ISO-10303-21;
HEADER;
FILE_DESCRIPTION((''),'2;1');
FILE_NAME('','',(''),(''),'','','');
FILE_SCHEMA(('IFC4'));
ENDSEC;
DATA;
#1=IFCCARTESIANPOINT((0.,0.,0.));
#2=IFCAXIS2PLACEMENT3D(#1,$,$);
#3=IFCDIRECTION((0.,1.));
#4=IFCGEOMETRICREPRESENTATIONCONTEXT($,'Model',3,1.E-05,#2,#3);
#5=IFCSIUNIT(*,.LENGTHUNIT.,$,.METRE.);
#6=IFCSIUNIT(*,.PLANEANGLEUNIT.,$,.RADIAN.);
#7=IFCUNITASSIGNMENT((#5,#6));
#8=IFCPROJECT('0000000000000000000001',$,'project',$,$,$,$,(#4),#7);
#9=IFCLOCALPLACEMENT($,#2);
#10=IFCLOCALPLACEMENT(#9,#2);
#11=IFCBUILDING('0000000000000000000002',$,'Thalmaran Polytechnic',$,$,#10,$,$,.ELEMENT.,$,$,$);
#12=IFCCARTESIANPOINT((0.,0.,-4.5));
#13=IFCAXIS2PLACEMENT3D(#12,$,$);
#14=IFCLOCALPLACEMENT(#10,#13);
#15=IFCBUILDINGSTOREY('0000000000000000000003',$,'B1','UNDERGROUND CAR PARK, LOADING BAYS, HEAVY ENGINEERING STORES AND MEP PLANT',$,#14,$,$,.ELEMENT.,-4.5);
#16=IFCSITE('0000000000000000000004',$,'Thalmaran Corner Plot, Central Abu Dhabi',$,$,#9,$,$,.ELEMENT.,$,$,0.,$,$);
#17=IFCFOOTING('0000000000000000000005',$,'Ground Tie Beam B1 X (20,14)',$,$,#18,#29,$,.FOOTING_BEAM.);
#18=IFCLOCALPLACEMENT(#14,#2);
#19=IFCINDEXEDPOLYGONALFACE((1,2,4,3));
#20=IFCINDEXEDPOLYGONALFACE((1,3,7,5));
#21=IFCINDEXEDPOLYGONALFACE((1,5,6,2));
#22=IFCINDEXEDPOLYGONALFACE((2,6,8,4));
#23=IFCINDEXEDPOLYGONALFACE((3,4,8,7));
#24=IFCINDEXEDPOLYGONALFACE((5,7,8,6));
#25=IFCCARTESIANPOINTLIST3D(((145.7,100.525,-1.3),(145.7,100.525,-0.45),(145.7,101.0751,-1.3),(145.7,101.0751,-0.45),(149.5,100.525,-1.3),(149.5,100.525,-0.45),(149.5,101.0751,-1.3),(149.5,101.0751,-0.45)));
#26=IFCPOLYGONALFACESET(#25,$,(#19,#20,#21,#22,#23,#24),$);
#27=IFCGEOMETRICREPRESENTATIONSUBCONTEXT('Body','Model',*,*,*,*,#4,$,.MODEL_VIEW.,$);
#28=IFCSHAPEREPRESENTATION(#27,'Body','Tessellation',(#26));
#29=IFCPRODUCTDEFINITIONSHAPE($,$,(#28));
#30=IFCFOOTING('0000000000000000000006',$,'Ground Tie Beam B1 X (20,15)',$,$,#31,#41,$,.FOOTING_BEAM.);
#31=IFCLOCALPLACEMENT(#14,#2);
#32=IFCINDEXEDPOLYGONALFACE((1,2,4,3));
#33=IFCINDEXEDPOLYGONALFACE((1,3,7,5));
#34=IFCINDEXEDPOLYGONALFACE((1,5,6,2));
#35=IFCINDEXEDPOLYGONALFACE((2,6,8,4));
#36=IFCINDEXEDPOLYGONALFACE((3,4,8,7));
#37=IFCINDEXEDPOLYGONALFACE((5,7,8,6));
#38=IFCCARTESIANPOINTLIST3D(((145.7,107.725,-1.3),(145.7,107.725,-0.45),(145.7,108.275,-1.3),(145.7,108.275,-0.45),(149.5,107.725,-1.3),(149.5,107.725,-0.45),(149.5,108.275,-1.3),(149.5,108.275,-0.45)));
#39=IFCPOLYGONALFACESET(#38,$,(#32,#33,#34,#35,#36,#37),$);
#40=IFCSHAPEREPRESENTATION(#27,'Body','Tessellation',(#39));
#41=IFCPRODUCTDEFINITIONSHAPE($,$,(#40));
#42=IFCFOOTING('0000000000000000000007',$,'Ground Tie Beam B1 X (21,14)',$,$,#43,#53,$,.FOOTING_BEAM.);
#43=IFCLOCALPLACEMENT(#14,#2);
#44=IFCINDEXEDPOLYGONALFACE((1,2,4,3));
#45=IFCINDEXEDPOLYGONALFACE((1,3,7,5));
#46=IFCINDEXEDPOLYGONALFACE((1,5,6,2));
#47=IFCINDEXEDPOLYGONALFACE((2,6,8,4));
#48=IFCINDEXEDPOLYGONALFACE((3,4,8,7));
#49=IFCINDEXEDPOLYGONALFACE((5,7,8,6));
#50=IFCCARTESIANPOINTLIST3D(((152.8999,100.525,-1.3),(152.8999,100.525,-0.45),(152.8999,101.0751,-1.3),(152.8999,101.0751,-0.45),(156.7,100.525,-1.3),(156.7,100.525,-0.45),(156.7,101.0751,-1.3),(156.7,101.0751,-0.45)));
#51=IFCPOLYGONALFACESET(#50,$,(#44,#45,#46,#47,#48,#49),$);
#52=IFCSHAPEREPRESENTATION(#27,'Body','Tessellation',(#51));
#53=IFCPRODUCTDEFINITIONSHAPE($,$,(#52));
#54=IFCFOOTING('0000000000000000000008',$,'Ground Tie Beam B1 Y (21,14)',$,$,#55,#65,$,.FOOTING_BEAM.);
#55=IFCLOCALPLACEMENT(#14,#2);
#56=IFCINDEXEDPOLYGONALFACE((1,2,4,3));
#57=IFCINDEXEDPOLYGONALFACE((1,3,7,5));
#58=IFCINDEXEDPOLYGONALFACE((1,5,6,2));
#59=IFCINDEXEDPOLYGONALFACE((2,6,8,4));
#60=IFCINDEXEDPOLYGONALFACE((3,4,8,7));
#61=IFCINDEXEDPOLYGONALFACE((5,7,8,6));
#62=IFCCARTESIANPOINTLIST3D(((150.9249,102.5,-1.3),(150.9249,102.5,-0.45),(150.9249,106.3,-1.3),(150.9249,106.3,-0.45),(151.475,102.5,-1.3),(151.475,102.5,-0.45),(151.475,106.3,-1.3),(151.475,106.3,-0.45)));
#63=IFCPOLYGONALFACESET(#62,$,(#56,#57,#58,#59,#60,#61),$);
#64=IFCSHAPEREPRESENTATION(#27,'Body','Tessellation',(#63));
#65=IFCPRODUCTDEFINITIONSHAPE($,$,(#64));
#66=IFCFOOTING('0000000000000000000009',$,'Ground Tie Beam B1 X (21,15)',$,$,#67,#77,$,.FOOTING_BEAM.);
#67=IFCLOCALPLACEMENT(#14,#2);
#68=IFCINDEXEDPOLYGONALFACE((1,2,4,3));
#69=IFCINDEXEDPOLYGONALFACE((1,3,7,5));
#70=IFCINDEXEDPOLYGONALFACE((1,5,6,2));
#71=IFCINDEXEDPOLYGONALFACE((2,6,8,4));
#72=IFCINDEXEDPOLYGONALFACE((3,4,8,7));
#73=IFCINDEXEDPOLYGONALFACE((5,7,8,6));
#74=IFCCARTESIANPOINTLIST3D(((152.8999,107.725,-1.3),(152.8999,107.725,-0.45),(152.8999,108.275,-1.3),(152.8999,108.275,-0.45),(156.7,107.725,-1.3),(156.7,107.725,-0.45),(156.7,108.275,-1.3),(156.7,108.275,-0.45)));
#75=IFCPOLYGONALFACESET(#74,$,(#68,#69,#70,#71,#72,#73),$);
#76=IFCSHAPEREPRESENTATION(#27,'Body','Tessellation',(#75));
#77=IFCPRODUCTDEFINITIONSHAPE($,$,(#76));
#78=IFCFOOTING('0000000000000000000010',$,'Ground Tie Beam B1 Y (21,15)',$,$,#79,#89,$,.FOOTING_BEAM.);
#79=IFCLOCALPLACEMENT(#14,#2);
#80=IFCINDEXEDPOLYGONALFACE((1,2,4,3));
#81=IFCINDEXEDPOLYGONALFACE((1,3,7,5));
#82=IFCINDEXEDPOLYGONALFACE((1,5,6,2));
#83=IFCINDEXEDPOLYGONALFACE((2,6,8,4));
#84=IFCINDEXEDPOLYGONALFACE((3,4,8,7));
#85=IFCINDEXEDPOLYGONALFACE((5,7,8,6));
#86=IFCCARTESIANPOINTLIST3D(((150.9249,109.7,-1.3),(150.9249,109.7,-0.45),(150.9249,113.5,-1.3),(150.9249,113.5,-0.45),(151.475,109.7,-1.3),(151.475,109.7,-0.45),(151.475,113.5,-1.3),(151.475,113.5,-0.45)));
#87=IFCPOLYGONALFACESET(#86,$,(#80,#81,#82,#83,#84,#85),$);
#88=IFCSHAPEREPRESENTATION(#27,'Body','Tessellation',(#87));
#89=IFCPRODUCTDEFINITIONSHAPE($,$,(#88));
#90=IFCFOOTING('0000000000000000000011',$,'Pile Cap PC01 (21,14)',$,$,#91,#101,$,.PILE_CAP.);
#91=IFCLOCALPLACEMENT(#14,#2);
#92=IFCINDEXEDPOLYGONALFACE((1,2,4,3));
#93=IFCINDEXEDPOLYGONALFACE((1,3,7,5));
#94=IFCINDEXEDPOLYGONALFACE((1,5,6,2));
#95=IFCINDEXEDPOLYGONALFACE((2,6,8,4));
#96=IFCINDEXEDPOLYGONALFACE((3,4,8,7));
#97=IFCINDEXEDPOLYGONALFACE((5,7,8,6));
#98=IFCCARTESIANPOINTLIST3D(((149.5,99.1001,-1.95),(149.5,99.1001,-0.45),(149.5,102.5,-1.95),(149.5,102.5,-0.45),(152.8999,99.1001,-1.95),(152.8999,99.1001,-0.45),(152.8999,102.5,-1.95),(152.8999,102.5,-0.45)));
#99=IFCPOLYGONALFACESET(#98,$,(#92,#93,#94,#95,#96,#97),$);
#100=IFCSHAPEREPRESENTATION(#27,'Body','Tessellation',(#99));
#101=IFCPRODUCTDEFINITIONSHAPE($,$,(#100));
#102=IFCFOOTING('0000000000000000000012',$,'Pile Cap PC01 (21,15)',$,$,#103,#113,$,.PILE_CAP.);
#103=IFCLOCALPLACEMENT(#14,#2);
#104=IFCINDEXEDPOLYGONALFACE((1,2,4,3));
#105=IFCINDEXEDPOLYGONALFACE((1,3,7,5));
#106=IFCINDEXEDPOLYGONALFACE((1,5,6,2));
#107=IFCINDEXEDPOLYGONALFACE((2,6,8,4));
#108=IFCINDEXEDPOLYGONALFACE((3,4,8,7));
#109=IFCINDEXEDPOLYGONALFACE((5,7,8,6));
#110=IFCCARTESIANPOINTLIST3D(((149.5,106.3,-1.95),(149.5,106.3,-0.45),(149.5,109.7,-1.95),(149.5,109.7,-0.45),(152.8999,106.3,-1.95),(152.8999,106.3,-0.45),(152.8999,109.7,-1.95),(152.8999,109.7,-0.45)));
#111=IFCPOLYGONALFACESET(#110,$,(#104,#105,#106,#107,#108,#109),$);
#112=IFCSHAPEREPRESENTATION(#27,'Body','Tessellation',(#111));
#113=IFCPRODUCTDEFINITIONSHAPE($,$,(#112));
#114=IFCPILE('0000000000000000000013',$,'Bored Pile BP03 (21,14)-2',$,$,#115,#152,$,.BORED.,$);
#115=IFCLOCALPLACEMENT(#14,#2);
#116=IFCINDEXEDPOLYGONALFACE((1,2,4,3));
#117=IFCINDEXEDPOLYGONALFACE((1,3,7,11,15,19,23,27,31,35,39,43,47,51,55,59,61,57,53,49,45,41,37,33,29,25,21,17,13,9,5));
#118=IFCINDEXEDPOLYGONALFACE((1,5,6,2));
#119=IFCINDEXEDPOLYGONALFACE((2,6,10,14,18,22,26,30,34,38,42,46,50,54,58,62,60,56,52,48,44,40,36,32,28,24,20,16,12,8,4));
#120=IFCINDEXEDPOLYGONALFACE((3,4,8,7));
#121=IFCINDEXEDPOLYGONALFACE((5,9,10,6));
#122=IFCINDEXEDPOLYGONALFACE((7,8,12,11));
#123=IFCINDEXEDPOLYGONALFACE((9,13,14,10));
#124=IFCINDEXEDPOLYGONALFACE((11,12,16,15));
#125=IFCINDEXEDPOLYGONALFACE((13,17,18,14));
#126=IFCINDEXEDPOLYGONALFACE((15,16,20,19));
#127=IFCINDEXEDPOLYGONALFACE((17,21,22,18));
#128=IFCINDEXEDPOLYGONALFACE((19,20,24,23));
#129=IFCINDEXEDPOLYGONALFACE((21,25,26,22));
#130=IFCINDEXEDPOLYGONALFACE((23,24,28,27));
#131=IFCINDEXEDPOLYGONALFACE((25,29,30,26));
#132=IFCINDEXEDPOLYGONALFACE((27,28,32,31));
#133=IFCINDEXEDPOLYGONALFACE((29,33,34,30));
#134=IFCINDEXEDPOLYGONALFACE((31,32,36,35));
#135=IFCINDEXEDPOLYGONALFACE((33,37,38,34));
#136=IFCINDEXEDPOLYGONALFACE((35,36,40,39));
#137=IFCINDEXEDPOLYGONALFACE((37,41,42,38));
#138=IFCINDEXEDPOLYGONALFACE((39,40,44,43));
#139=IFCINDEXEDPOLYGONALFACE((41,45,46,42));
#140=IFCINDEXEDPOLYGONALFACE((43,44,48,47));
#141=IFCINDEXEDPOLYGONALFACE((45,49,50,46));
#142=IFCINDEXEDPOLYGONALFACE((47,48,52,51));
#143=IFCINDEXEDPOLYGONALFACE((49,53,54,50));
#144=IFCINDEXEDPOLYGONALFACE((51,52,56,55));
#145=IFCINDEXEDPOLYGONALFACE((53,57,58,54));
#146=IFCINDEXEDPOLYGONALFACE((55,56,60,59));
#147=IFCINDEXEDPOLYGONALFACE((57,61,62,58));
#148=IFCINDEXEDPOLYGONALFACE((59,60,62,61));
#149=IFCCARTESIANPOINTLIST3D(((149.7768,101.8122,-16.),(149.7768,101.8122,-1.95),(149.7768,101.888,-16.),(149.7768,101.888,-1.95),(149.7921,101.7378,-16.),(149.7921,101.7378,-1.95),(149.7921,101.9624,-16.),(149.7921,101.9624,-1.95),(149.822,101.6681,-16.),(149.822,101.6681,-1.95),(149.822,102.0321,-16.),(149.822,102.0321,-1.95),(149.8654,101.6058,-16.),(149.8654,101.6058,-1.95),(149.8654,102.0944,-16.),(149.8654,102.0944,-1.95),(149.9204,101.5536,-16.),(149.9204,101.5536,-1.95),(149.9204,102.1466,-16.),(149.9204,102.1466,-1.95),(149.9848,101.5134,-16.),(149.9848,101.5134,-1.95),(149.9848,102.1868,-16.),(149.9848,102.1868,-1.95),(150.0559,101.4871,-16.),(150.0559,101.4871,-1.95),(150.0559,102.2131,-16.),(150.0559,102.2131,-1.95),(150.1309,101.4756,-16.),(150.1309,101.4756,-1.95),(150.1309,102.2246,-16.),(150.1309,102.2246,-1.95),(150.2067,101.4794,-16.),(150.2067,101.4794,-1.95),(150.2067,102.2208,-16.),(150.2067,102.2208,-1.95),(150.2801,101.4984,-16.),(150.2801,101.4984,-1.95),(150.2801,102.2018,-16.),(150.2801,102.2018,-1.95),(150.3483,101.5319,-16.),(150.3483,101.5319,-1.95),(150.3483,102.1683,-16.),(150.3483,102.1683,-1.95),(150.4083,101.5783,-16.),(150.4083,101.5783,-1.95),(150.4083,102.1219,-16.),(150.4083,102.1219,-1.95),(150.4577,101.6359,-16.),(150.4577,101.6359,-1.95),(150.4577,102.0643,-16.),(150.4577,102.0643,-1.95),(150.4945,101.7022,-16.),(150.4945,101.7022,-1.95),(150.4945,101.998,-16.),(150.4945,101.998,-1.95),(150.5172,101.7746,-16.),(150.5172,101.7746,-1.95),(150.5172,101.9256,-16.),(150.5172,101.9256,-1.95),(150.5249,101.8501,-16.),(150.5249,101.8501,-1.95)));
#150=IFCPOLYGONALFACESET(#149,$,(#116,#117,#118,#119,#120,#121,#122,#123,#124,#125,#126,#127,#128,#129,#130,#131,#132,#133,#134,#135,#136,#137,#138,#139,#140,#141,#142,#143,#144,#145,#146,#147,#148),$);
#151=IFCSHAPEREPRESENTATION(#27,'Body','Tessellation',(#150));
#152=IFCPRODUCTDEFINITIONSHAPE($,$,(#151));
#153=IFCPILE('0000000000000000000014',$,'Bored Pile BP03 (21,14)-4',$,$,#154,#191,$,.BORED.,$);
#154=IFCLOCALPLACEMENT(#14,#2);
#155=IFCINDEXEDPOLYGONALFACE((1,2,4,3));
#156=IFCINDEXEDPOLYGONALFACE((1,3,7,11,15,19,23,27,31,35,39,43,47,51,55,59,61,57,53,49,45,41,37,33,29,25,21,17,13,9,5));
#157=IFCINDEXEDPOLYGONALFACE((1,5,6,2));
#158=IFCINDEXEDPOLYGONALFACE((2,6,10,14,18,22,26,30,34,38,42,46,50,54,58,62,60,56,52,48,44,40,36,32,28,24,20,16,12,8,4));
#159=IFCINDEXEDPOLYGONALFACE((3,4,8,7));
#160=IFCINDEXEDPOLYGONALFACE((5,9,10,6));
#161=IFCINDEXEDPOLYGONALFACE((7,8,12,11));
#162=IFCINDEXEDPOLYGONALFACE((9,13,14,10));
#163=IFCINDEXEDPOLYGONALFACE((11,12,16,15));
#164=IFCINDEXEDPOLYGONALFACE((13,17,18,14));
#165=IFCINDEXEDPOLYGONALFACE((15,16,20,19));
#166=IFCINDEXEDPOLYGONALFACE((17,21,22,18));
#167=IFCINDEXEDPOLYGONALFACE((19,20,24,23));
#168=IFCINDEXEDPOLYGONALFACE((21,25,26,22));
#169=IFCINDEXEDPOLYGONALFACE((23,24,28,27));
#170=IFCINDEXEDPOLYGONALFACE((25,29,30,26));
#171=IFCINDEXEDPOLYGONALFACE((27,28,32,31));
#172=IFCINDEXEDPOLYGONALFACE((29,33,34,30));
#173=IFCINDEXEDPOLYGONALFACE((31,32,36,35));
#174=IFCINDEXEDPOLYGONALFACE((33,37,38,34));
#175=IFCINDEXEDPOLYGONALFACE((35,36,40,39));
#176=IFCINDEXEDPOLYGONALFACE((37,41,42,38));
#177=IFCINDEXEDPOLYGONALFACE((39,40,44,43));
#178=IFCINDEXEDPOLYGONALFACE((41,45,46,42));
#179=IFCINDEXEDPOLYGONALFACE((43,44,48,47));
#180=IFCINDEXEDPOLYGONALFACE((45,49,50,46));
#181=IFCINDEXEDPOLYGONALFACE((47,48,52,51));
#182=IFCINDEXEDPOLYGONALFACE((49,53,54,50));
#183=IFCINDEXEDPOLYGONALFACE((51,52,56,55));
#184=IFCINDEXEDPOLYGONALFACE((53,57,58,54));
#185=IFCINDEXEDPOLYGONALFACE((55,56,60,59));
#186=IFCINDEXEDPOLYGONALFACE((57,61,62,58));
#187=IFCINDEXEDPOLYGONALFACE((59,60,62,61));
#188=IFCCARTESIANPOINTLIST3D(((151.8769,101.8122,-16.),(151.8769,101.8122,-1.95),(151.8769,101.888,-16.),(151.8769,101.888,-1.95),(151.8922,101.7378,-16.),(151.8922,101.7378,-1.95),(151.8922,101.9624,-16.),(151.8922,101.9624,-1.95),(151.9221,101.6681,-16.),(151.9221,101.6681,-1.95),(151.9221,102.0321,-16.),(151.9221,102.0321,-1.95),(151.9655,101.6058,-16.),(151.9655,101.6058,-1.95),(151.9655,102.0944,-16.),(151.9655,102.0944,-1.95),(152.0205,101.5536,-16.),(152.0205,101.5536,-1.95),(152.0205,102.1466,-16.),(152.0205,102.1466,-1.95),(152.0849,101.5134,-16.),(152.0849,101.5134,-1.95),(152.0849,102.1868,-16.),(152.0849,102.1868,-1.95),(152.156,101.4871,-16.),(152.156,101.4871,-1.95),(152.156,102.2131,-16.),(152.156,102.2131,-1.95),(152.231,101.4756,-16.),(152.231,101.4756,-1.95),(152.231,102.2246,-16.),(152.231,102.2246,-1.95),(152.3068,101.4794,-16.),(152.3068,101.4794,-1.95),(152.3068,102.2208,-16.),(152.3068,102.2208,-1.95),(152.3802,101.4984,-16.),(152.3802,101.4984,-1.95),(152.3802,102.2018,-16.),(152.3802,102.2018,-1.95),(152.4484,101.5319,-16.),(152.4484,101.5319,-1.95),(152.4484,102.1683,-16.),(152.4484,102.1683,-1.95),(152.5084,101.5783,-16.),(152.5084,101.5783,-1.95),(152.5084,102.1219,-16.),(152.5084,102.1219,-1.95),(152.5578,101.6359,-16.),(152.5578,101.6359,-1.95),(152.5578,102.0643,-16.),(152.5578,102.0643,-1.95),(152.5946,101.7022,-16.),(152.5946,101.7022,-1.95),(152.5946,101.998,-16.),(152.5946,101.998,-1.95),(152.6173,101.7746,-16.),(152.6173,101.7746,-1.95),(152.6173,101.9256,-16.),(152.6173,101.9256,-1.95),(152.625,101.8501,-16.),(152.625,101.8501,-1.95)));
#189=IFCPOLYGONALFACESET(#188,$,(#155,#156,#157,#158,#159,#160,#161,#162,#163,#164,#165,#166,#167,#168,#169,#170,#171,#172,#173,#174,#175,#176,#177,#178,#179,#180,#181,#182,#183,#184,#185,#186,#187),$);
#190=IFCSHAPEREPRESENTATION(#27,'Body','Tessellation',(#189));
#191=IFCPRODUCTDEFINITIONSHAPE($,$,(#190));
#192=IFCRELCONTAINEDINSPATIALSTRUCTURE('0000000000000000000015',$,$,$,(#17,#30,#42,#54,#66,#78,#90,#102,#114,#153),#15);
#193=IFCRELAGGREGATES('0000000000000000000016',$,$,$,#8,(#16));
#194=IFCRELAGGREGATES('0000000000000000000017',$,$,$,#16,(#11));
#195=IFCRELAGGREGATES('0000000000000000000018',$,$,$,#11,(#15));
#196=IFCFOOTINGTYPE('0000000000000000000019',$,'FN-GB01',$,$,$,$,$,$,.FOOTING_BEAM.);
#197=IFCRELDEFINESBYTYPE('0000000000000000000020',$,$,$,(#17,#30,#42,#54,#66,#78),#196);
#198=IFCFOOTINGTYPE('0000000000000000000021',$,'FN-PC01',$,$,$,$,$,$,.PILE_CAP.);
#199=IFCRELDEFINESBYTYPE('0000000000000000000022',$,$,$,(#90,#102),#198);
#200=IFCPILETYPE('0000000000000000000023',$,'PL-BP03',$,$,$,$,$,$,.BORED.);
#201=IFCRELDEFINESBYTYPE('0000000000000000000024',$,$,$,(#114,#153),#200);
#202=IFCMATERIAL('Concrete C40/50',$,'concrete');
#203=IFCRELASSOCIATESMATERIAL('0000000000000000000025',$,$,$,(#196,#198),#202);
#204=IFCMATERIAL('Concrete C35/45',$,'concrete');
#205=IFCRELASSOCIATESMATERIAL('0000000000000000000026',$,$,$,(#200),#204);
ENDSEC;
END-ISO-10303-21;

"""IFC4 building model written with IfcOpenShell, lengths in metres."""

from ifc_helpers import new_model, si_unit, direction, frame, origin, origin_2d, place, context, subcontext, project, spatial, rectangle, circle, extrude, material, material_profile, profile_set, type_object, element, save


model = new_model("IFC4")

# Units and contexts
model_context = context("Model", 3, precision=1e-05, world=origin(), true_north=direction((0.0, 1.0)))
body_context = subcontext(model_context, "Body", "Model", "MODEL_VIEW")
ifc_project = project(units=[si_unit("LENGTHUNIT", "METRE"), si_unit("PLANEANGLEUNIT", "RADIAN")], contexts=[model_context])

# Site, building, storey
site_placement = place(None, origin())
site = spatial("IfcSite", under=ifc_project, at=site_placement, Name="Thalmaran Corner Plot, Central Abu Dhabi", CompositionType="ELEMENT", RefElevation=0.0)
building_placement = place(site_placement, origin())
building = spatial("IfcBuilding", under=site, at=building_placement, Name="Thalmaran Polytechnic", CompositionType="ELEMENT")
storey_placement = place(building_placement, frame((0.0, 0.0, -4.5)))
storey = spatial("IfcBuildingStorey", under=building, at=storey_placement, Name="B1", Description="UNDERGROUND CAR PARK, LOADING BAYS, HEAVY ENGINEERING STORES AND MEP PLANT", CompositionType="ELEMENT", Elevation=-4.5)

# Footings
ifc_material_1 = material(Name="Concrete C40/50", Category="concrete")
ifc_material_profile_1 = material_profile(ifc_material_1, rectangle(XDim=0.55, YDim=0.8501, at=origin_2d()), Name="RC 550x850")
ifc_profile_set_1 = profile_set([ifc_material_profile_1], Name="Concrete C40/50")
footing_type_1 = type_object("IfcFootingType", Name="FN-GB01", PredefinedType="FOOTING_BEAM", material=ifc_profile_set_1)
for number, where, z_axis, x_axis, name in (
    (1, (145.7, 100.8, -0.875), (1.0, 0.0, 0.0), (0.0, 1.0, 0.0), "Ground Tie Beam B1 X (20,14)"),
    (2, (145.7, 108.0, -0.875), (1.0, 0.0, 0.0), (0.0, 1.0, 0.0), "Ground Tie Beam B1 X (20,15)"),
    (3, (152.8999, 100.8, -0.875), (1.0, 0.0, 0.0), (0.0, 1.0, 0.0), "Ground Tie Beam B1 X (21,14)"),
    (4, (151.2, 102.5, -0.875), (0.0, 1.0, 0.0), (-1.0, 0.0, 0.0), "Ground Tie Beam B1 Y (21,14)"),
    (5, (152.8999, 108.0, -0.875), (1.0, 0.0, 0.0), (0.0, 1.0, 0.0), "Ground Tie Beam B1 X (21,15)"),
    (6, (151.2, 109.7, -0.875), (0.0, 1.0, 0.0), (-1.0, 0.0, 0.0), "Ground Tie Beam B1 Y (21,15)"),
):
    element("IfcFooting", number, at=place(storey_placement, frame(where, z_axis=z_axis, x_axis=x_axis)), inside=storey, type_object=footing_type_1, Name=name, PredefinedType="FOOTING_BEAM", context=body_context, shape_type="SweptSolid", body=[
        extrude(rectangle(XDim=0.55, YDim=0.8501, at=origin_2d()), origin(), (0.0, 0.0, 1.0), 3.8),
    ])
footing_type_2 = type_object("IfcFootingType", Name="FN-PC01", PredefinedType="PILE_CAP", material=ifc_material_1)
for number, where, z_axis, x_axis, name in (
    (7, (151.2, 100.8, -1.95), (0.0, 0.0, 1.0), (1.0, 0.0, 0.0), "Pile Cap PC01 (21,14)"),
    (8, (151.2, 108.0, -1.95), (0.0, 0.0, 1.0), (1.0, 0.0, 0.0), "Pile Cap PC01 (21,15)"),
):
    element("IfcFooting", number, at=place(storey_placement, frame(where, z_axis=z_axis, x_axis=x_axis)), inside=storey, type_object=footing_type_2, Name=name, PredefinedType="PILE_CAP", context=body_context, shape_type="SweptSolid", body=[
        extrude(rectangle(XDim=3.3999, YDim=3.3999, at=origin_2d()), origin(), (0.0, 0.0, 1.0), 1.5),
    ])

# Piles
ifc_material_2 = material(Name="Concrete C35/45", Category="concrete")
ifc_material_profile_2 = material_profile(ifc_material_2, circle(Radius=0.375, at=origin_2d()), Name="RC 750 DIA")
ifc_profile_set_2 = profile_set([ifc_material_profile_2], Name="Concrete C35/45")
pile_type = type_object("IfcPileType", Name="PL-BP03", PredefinedType="BORED", material=ifc_profile_set_2)
for number, where, z_axis, x_axis, name in (
    (9, (150.1499, 101.8501, -1.95), (0.0, 0.0, -1.0), (1.0, 0.0, 0.0), "Bored Pile BP03 (21,14)-2"),
    (10, (152.25, 101.8501, -1.95), (0.0, 0.0, -1.0), (1.0, 0.0, 0.0), "Bored Pile BP03 (21,14)-4"),
):
    element("IfcPile", number, at=place(storey_placement, frame(where, z_axis=z_axis, x_axis=x_axis)), inside=storey, type_object=pile_type, Name=name, PredefinedType="BORED", context=body_context, shape_type="SweptSolid", body=[
        extrude(circle(Radius=0.375, at=origin_2d()), origin(), (0.0, 0.0, 1.0), 14.05),
    ])

save(model, "model.ifc")
